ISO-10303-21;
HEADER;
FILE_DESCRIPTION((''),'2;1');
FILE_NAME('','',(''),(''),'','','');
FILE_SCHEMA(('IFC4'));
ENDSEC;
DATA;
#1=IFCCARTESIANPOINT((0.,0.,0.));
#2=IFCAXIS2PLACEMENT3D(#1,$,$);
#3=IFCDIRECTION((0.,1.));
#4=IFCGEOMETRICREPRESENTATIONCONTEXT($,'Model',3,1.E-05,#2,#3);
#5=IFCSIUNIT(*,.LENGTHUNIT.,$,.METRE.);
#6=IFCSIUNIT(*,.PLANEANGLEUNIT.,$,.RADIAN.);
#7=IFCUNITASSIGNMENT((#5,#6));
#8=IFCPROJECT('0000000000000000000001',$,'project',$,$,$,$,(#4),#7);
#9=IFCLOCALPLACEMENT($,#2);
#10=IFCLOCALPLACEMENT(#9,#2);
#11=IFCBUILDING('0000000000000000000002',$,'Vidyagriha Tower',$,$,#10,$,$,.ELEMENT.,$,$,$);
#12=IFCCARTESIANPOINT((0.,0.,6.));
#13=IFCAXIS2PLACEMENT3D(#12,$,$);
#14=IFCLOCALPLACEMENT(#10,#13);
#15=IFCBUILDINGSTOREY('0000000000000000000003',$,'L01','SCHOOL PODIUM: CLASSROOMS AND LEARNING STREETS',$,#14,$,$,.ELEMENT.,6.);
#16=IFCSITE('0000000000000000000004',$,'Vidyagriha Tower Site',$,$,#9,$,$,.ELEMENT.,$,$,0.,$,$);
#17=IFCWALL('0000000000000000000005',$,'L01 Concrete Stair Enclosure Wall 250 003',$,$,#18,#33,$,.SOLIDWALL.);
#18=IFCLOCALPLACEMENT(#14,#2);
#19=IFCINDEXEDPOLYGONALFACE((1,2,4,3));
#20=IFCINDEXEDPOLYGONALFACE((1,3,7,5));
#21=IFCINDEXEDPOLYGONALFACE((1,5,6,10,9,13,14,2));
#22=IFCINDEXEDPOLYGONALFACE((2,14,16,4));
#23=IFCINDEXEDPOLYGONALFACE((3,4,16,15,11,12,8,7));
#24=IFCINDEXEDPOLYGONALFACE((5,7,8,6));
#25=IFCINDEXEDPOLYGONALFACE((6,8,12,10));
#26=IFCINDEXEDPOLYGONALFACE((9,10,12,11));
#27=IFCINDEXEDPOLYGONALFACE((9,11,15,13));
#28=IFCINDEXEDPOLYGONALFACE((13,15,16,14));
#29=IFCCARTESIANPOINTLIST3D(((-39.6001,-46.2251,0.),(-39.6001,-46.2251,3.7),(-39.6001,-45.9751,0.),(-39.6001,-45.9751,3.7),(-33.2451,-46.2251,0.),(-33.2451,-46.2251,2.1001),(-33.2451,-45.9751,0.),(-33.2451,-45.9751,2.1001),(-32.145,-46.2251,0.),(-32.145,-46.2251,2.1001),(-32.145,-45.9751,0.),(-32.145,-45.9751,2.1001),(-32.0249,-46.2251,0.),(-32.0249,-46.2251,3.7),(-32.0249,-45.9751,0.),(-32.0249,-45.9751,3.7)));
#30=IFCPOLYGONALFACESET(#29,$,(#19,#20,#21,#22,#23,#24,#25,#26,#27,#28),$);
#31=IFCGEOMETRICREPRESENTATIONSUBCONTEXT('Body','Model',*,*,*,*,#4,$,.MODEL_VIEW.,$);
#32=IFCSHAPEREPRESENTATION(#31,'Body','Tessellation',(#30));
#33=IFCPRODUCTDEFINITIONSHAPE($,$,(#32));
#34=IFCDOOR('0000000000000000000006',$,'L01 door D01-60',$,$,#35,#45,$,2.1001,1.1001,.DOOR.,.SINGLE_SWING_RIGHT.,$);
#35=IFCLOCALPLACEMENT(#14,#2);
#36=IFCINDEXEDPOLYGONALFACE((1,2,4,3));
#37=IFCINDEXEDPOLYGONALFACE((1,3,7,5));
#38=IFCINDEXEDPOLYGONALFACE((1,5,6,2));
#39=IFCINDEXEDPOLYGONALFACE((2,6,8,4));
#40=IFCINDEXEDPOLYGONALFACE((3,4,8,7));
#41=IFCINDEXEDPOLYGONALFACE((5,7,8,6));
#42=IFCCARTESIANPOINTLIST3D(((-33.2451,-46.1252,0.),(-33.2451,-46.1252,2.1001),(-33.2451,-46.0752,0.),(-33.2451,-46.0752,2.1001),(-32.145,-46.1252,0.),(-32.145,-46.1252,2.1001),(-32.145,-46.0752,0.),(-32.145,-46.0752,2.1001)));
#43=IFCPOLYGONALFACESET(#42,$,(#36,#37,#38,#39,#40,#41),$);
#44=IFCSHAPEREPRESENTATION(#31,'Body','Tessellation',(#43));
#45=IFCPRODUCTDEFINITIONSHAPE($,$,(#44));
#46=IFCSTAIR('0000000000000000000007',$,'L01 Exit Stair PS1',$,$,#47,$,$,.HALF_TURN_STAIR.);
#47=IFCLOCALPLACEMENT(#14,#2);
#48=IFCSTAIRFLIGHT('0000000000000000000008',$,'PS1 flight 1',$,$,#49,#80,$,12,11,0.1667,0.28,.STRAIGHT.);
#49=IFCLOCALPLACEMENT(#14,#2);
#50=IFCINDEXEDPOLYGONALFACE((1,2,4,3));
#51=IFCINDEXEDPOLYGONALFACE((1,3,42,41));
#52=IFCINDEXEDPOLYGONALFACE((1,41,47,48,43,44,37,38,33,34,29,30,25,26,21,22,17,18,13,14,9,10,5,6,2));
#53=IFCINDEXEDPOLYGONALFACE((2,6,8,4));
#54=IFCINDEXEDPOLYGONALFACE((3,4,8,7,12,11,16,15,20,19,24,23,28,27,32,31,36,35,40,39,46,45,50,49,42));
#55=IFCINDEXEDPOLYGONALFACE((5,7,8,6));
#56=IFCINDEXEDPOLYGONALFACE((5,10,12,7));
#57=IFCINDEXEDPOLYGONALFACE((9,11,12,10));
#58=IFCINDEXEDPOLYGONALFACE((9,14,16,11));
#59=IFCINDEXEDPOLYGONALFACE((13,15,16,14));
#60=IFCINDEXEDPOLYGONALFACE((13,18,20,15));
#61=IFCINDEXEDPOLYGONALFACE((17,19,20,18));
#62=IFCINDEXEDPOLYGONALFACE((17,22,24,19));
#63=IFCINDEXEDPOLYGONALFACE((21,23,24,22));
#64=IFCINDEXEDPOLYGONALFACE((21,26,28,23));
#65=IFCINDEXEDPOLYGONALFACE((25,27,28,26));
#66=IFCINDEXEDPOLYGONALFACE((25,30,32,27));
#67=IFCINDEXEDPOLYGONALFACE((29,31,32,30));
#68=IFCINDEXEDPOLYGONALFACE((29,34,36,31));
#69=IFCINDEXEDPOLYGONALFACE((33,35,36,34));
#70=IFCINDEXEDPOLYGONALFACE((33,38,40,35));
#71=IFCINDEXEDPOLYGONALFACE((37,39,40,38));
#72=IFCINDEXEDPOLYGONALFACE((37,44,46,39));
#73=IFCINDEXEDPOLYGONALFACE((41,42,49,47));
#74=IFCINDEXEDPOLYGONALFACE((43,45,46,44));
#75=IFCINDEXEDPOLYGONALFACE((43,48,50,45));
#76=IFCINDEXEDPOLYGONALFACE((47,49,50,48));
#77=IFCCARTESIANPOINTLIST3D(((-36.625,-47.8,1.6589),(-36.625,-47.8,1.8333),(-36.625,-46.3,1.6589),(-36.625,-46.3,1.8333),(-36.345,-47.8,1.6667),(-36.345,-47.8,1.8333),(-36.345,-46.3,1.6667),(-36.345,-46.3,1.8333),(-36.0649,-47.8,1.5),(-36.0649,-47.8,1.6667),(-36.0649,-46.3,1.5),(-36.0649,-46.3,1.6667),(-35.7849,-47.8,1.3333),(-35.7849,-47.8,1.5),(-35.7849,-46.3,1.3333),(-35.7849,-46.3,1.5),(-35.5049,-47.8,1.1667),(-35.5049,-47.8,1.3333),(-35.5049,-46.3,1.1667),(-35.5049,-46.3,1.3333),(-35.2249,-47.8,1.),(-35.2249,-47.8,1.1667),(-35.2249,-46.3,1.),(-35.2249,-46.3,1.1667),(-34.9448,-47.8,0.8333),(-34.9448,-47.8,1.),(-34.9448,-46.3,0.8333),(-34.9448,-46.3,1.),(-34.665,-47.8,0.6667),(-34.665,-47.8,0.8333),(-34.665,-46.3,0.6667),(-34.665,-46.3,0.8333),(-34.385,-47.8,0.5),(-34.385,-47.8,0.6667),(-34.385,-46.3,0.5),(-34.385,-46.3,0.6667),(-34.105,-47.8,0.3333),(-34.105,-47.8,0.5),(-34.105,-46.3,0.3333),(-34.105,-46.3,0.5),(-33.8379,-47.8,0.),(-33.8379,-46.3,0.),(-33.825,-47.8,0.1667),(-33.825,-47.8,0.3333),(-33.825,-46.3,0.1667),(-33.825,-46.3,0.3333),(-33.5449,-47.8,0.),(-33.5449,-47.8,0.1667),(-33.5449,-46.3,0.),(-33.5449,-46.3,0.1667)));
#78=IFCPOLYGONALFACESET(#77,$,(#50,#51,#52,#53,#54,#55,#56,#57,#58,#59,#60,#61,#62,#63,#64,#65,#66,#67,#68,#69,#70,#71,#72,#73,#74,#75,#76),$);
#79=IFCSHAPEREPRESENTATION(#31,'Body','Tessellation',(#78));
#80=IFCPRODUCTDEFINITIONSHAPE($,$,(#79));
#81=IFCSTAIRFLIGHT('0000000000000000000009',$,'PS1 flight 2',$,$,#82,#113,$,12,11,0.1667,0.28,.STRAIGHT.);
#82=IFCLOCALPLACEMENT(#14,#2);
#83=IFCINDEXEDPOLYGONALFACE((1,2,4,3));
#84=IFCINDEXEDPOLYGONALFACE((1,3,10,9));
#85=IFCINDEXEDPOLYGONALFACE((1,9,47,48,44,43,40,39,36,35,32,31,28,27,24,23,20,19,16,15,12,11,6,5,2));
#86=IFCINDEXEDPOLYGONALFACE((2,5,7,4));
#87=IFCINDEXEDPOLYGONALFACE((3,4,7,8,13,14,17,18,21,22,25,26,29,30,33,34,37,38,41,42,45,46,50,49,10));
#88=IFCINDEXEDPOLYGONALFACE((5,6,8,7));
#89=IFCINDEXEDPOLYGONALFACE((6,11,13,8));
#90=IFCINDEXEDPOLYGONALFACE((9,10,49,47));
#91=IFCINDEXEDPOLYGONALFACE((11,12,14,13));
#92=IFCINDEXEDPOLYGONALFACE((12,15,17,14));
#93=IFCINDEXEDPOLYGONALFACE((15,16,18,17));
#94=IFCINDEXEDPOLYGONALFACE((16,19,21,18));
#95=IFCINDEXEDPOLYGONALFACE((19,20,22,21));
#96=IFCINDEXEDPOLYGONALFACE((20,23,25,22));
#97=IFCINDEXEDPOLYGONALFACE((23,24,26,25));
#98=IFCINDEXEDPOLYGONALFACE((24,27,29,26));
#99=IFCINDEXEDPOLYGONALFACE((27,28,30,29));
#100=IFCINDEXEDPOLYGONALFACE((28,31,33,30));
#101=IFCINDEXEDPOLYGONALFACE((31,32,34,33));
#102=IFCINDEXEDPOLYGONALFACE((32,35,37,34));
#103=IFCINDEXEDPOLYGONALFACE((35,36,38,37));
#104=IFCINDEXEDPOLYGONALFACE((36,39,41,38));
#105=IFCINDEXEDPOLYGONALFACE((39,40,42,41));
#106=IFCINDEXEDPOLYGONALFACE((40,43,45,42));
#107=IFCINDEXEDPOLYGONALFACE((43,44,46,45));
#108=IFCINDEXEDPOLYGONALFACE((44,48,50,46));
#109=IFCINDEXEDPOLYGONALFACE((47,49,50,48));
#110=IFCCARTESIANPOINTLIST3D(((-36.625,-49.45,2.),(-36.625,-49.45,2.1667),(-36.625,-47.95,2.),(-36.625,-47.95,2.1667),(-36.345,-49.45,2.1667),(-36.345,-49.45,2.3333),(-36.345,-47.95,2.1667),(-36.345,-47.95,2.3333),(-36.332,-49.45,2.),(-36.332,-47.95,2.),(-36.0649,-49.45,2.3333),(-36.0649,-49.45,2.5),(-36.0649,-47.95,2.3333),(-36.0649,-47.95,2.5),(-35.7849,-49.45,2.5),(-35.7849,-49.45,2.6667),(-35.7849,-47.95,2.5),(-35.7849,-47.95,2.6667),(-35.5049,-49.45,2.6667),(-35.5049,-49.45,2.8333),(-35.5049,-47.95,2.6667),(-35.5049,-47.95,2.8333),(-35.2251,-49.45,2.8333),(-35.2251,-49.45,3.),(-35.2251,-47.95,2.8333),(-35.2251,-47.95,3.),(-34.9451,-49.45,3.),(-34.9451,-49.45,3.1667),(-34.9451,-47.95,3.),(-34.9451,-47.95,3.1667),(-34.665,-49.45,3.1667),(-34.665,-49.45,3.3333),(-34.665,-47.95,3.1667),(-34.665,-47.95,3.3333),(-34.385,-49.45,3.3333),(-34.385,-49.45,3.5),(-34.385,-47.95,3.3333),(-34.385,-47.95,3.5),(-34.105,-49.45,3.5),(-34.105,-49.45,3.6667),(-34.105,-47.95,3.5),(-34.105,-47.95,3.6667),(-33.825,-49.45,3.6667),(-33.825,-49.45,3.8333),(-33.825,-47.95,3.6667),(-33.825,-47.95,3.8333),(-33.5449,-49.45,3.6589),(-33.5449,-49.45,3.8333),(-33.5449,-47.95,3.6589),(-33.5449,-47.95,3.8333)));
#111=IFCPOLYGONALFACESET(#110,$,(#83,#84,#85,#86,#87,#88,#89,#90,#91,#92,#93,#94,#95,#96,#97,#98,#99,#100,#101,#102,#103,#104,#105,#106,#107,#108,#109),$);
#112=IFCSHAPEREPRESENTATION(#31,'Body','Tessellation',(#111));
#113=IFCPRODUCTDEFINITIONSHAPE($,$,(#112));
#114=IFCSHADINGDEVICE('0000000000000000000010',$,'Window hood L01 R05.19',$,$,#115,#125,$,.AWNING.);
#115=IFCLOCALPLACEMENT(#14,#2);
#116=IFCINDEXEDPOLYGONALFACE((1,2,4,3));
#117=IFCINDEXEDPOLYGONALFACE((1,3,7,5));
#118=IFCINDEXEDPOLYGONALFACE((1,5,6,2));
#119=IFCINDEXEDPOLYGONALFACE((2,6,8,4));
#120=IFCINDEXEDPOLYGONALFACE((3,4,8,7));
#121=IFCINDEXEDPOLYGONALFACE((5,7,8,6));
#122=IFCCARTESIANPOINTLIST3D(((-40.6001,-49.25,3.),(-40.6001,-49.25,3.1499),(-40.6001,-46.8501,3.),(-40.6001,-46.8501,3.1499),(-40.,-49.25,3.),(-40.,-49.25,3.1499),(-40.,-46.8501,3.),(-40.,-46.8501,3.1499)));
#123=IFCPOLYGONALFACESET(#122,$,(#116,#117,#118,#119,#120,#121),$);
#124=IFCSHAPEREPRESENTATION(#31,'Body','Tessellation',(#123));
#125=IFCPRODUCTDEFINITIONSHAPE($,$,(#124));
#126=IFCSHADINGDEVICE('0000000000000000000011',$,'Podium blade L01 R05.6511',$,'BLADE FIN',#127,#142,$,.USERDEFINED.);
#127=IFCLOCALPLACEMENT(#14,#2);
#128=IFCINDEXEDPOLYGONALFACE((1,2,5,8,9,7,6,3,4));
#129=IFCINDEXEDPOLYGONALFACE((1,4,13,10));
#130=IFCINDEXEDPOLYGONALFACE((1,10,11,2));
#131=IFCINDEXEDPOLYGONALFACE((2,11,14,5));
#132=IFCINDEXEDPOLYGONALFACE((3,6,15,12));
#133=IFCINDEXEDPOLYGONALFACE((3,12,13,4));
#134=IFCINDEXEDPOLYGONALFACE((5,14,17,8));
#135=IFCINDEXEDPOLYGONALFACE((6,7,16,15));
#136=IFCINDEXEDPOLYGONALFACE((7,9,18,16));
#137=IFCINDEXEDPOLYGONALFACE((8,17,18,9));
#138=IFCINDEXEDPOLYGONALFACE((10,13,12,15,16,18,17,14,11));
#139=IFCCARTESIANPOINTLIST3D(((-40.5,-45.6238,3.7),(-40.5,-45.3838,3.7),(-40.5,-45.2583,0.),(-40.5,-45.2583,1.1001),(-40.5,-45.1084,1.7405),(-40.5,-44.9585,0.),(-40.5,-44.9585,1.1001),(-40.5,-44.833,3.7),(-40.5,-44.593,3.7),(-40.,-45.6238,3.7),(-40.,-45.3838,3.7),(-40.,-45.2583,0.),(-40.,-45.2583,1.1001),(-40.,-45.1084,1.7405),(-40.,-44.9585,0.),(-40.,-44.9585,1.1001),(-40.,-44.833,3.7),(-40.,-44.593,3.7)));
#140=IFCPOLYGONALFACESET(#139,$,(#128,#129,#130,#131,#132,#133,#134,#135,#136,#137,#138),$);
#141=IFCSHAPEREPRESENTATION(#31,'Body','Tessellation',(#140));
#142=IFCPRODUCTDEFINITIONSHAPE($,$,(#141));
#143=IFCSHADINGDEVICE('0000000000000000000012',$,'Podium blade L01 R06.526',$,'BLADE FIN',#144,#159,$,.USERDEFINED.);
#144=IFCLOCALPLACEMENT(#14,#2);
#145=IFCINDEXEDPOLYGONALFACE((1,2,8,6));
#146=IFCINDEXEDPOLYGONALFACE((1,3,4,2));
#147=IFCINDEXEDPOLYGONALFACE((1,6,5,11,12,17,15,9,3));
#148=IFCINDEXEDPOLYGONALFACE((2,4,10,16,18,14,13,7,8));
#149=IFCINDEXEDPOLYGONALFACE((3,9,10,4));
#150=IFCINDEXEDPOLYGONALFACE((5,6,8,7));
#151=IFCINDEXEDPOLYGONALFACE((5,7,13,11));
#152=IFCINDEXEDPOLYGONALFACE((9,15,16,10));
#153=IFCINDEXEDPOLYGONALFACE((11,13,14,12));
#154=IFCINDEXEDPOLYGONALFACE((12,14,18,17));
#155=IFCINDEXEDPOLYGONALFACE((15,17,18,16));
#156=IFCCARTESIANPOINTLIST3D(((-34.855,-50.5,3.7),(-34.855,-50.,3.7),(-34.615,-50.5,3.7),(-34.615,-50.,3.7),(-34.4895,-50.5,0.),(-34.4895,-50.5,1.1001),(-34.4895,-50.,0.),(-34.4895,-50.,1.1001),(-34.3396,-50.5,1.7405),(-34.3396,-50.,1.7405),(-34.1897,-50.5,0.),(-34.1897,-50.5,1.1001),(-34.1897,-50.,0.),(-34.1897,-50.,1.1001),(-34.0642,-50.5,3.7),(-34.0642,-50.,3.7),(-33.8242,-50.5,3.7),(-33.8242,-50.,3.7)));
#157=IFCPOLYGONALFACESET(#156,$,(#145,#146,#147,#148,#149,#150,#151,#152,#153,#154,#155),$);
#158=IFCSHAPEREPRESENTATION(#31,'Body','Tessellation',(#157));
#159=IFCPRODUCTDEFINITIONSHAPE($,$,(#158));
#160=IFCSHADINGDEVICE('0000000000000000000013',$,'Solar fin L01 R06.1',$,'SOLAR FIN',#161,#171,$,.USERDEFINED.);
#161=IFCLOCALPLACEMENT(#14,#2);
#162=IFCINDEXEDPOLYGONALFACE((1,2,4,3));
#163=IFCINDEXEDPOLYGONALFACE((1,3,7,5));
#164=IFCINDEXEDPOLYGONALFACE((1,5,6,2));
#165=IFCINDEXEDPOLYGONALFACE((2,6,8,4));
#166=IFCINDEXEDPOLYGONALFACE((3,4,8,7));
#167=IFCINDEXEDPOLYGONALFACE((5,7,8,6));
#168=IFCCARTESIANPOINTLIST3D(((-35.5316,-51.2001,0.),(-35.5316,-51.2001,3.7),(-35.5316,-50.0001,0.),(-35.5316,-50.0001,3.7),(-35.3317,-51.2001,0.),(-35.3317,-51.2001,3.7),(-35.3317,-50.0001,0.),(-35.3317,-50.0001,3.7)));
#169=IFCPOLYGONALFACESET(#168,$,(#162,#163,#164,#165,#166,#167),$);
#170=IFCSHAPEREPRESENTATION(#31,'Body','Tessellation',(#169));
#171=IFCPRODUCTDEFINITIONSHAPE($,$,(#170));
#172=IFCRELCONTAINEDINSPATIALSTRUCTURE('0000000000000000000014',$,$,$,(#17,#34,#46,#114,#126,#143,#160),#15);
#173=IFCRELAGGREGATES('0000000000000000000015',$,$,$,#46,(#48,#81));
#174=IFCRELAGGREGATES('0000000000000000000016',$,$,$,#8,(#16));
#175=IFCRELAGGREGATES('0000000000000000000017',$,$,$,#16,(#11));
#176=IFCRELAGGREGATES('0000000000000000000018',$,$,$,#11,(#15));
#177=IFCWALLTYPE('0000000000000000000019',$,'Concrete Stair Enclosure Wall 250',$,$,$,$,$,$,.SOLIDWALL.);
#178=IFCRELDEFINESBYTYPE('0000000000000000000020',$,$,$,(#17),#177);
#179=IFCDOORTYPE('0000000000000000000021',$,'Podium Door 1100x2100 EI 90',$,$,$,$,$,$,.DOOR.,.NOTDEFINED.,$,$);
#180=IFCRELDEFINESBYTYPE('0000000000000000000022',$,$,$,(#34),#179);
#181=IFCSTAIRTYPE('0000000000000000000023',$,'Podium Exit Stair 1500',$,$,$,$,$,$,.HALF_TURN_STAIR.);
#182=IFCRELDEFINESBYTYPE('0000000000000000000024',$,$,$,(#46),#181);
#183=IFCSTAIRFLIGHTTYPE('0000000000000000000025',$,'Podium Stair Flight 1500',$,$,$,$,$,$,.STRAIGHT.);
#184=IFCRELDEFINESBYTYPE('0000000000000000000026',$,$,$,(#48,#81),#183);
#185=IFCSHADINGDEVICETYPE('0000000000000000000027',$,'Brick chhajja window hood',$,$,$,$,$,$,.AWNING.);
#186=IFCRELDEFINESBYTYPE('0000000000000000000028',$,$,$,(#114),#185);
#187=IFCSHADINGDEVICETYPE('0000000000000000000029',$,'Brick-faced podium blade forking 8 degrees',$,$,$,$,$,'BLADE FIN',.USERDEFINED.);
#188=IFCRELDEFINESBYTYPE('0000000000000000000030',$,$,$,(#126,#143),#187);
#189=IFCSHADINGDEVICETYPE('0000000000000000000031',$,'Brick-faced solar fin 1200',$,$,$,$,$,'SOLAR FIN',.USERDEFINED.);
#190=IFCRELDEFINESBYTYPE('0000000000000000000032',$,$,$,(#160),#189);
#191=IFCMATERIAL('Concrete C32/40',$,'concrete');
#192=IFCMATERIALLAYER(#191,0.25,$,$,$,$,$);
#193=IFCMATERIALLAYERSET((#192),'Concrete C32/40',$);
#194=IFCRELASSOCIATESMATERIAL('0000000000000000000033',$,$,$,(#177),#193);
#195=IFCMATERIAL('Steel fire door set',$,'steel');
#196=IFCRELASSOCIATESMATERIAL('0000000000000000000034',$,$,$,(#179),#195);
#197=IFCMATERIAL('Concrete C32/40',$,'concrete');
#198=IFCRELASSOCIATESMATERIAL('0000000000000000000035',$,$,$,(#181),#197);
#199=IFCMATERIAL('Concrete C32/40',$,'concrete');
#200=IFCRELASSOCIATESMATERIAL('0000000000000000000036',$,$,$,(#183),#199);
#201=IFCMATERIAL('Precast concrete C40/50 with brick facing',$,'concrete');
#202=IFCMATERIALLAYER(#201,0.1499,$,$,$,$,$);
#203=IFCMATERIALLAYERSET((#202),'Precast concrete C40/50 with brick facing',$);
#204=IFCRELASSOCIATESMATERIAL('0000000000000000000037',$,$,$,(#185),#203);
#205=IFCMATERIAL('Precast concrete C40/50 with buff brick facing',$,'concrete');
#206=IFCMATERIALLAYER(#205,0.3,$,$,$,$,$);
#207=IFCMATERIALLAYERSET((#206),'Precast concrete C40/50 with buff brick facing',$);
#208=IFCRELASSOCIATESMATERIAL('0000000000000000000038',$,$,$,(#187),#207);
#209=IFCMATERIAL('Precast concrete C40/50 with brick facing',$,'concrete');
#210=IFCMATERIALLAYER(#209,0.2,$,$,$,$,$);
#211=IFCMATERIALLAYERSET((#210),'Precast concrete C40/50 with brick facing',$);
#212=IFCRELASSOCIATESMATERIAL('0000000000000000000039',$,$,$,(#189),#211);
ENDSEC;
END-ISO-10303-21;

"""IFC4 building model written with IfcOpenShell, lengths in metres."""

from ifc_helpers import new_model, si_unit, direction, frame, frame_2d, origin, origin_2d, place, context, subcontext, project, spatial, polyline, rectangle, outline, extrude, material, layer, layer_set, type_object, element, fill, aggregate, save


model = new_model("IFC4")

# Units and contexts
model_context = context("Model", 3, precision=1e-05, world=origin(), true_north=direction((0.0, 1.0)))
body_context = subcontext(model_context, "Body", "Model", "MODEL_VIEW")
ifc_project = project(units=[si_unit("LENGTHUNIT", "METRE"), si_unit("PLANEANGLEUNIT", "RADIAN")], contexts=[model_context])

# Site, building, storey
site_placement = place(None, origin())
site = spatial("IfcSite", under=ifc_project, at=site_placement, Name="Vidyagriha Tower Site", CompositionType="ELEMENT", RefElevation=0.0)
building_placement = place(site_placement, origin())
building = spatial("IfcBuilding", under=site, at=building_placement, Name="Vidyagriha Tower", CompositionType="ELEMENT")
storey_placement = place(building_placement, frame((0.0, 0.0, 6.0)))
storey = spatial("IfcBuildingStorey", under=building, at=storey_placement, Name="L01", Description="SCHOOL PODIUM: CLASSROOMS AND LEARNING STREETS", CompositionType="ELEMENT", Elevation=6.0)

# Wall, opening, door
ifc_material_1 = material(Name="Concrete C32/40", Category="concrete")
ifc_layer_1 = layer(ifc_material_1, 0.25)
ifc_layer_set_1 = layer_set([ifc_layer_1], Name="Concrete C32/40")
wall_type_1 = type_object("IfcWallType", Name="Concrete Stair Enclosure Wall 250", PredefinedType="SOLIDWALL", material=ifc_layer_set_1)
wall_1_placement = place(storey_placement, frame((-39.6001, -46.1001, 0.0)))
wall_1 = element("IfcWall", 1, at=wall_1_placement, inside=storey, type_object=wall_type_1, Name="L01 Concrete Stair Enclosure Wall 250 003", PredefinedType="SOLIDWALL", context=body_context, shape_type="SweptSolid", body=[
    extrude(rectangle(XDim=7.5752, YDim=0.25, at=frame_2d((3.7876, 0.0))), origin(), (0.0, 0.0, 1.0), 3.7),
])
opening_1_placement = place(wall_1_placement, frame((6.355, 0.0, 0.0)))
opening_1 = element("IfcOpeningElement", 2, at=opening_1_placement, cuts=wall_1, PredefinedType="OPENING", context=body_context, shape_type="SweptSolid", body=[
    extrude(rectangle(XDim=1.1001, YDim=2.1001, at=frame_2d((0.55, 1.05))), frame((0.0, 0.135, 0.0), z_axis=(0.0, -1.0, 0.0), x_axis=(1.0, 0.0, 0.0)), (0.0, 0.0, 1.0), 0.27),
])
ifc_material_2 = material(Name="Steel fire door set", Category="steel")
door_type = type_object("IfcDoorType", Name="Podium Door 1100x2100 EI 90", OperationType="NOTDEFINED", PredefinedType="DOOR", material=ifc_material_2)
door_placement = place(opening_1_placement, origin())
door = element("IfcDoor", 3, at=door_placement, inside=storey, type_object=door_type, Name="L01 door D01-60", OperationType="SINGLE_SWING_RIGHT", OverallHeight=2.1001, OverallWidth=1.1001, PredefinedType="DOOR", context=body_context, shape_type="SweptSolid", body=[
    extrude(rectangle(XDim=1.1001, YDim=2.1001, at=frame_2d((0.55, 1.05))), frame((0.0, 0.0249, 0.0), z_axis=(0.0, -1.0, 0.0), x_axis=(1.0, 0.0, 0.0)), (0.0, 0.0, 1.0), 0.05),
])
fill(opening_1, door)

# Stair, stair flights
ifc_material_3 = material(Name="Concrete C32/40", Category="concrete")
stair_type = type_object("IfcStairType", Name="Podium Exit Stair 1500", PredefinedType="HALF_TURN_STAIR", material=ifc_material_3)
stair_placement = place(storey_placement, origin())
stair = element("IfcStair", 4, at=stair_placement, inside=storey, type_object=stair_type, Name="L01 Exit Stair PS1", PredefinedType="HALF_TURN_STAIR")
ifc_material_4 = material(Name="Concrete C32/40", Category="concrete")
stair_flight_type = type_object("IfcStairFlightType", Name="Podium Stair Flight 1500", PredefinedType="STRAIGHT", material=ifc_material_4)
stair_flight_1_placement = place(storey_placement, frame((-33.5449, -47.05, 0.0), z_axis=(0.0, 0.0, 1.0), x_axis=(-1.0, 0.0, 0.0)))
stair_flight_1 = element("IfcStairFlight", 5, at=stair_flight_1_placement, type_object=stair_flight_type, Name="PS1 flight 1", NumberOfRisers=12, NumberOfTreads=11, PredefinedType="STRAIGHT", RiserHeight=0.1667, TreadLength=0.28, context=body_context, shape_type="SweptSolid", body=[
    extrude(outline(polyline([(0.0, 0.0), (0.0, 0.1667), (0.28, 0.1667), (0.28, 0.3333), (0.5601, 0.3333), (0.5601, 0.5), (0.8401, 0.5), (0.8401, 0.6667), (1.1201, 0.6667), (1.1201, 0.8333), (1.3999, 0.8333), (1.3999, 1.0), (1.6799, 1.0), (1.6799, 1.1667), (1.96, 1.1667), (1.96, 1.3333), (2.24, 1.3333), (2.24, 1.5), (2.52, 1.5), (2.52, 1.6667), (2.8, 1.6667), (2.8, 1.8333), (3.0801, 1.8333), (3.0801, 2.0), (3.0801, 1.6589), (0.293, 0.0), (0.0, 0.0)])), frame((0.0, 0.75, 0.0), z_axis=(0.0, -1.0, 0.0), x_axis=(1.0, 0.0, 0.0)), (0.0, 0.0, 1.0), 1.5),
])
stair_flight_2_placement = place(storey_placement, frame((-36.625, -48.7, 2.0)))
stair_flight_2 = element("IfcStairFlight", 6, at=stair_flight_2_placement, type_object=stair_flight_type, Name="PS1 flight 2", NumberOfRisers=12, NumberOfTreads=11, PredefinedType="STRAIGHT", RiserHeight=0.1667, TreadLength=0.28, context=body_context, shape_type="SweptSolid", body=[
    extrude(outline(polyline([(0.0, 0.0), (0.0, 0.1667), (0.28, 0.1667), (0.28, 0.3333), (0.5601, 0.3333), (0.5601, 0.5), (0.8401, 0.5), (0.8401, 0.6667), (1.1201, 0.6667), (1.1201, 0.8333), (1.3999, 0.8333), (1.3999, 1.0), (1.6799, 1.0), (1.6799, 1.1667), (1.96, 1.1667), (1.96, 1.3333), (2.24, 1.3333), (2.24, 1.5), (2.52, 1.5), (2.52, 1.6667), (2.8, 1.6667), (2.8, 1.8333), (3.0801, 1.8333), (3.0801, 2.0), (3.0801, 1.6589), (0.293, 0.0), (0.0, 0.0)])), frame((0.0, 0.75, 0.0), z_axis=(0.0, -1.0, 0.0), x_axis=(1.0, 0.0, 0.0)), (0.0, 0.0, 1.0), 1.5),
])
aggregate(stair, [stair_flight_1, stair_flight_2])

# Shading devices
ifc_material_5 = material(Name="Precast concrete C40/50 with brick facing", Category="concrete")
ifc_layer_2 = layer(ifc_material_5, 0.1499)
ifc_layer_set_2 = layer_set([ifc_layer_2], Name="Precast concrete C40/50 with brick facing")
shading_device_type_1 = type_object("IfcShadingDeviceType", Name="Brick chhajja window hood", PredefinedType="AWNING", material=ifc_layer_set_2)
shading_device_1_placement = place(storey_placement, frame((-40.3, -48.05, 3.0), z_axis=(0.0, 0.0, 1.0), x_axis=(0.0, -1.0, 0.0)))
element("IfcShadingDevice", 7, at=shading_device_1_placement, inside=storey, type_object=shading_device_type_1, Name="Window hood L01 R05.19", PredefinedType="AWNING", context=body_context, shape_type="SweptSolid", body=[
    extrude(rectangle(XDim=2.3999, YDim=0.6001, at=origin_2d()), origin(), (0.0, 0.0, 1.0), 0.1499),
])
ifc_material_6 = material(Name="Precast concrete C40/50 with buff brick facing", Category="concrete")
ifc_layer_3 = layer(ifc_material_6, 0.3)
ifc_layer_set_3 = layer_set([ifc_layer_3], Name="Precast concrete C40/50 with buff brick facing")
shading_device_type_2 = type_object("IfcShadingDeviceType", Name="Brick-faced podium blade forking 8 degrees", ElementType="BLADE FIN", PredefinedType="USERDEFINED", material=ifc_layer_set_3)
shading_device_2_placement = place(storey_placement, frame((-40.25, -44.593, 0.0), z_axis=(0.0, 0.0, 1.0), x_axis=(0.0, -1.0, 0.0)))
element("IfcShadingDevice", 8, at=shading_device_2_placement, inside=storey, type_object=shading_device_type_2, Name="Podium blade L01 R05.6511", ObjectType="BLADE FIN", PredefinedType="USERDEFINED", context=body_context, shape_type="SweptSolid", body=[
    extrude(outline(polyline([(0.6653, 0.0), (0.6653, 1.1001), (1.0308, 3.7), (0.7908, 3.7), (0.5154, 1.7405), (0.24, 3.7), (0.0, 3.7), (0.3655, 1.1001), (0.3655, 0.0), (0.6653, 0.0)])), frame((0.0, 0.25, 0.0), z_axis=(0.0, -1.0, 0.0), x_axis=(1.0, 0.0, 0.0)), (0.0, 0.0, 1.0), 0.5),
])
shading_device_3_placement = place(storey_placement, frame((-34.855, -50.25, 0.0)))
element("IfcShadingDevice", 9, at=shading_device_3_placement, inside=storey, type_object=shading_device_type_2, Name="Podium blade L01 R06.526", ObjectType="BLADE FIN", PredefinedType="USERDEFINED", context=body_context, shape_type="SweptSolid", body=[
    extrude(outline(polyline([(0.6653, 0.0), (0.6653, 1.1001), (1.0308, 3.7), (0.7908, 3.7), (0.5154, 1.7405), (0.24, 3.7), (0.0, 3.7), (0.3655, 1.1001), (0.3655, 0.0), (0.6653, 0.0)])), frame((0.0, 0.25, 0.0), z_axis=(0.0, -1.0, 0.0), x_axis=(1.0, 0.0, 0.0)), (0.0, 0.0, 1.0), 0.5),
])
ifc_material_7 = material(Name="Precast concrete C40/50 with brick facing", Category="concrete")
ifc_layer_4 = layer(ifc_material_7, 0.2)
ifc_layer_set_4 = layer_set([ifc_layer_4], Name="Precast concrete C40/50 with brick facing")
shading_device_type_3 = type_object("IfcShadingDeviceType", Name="Brick-faced solar fin 1200", ElementType="SOLAR FIN", PredefinedType="USERDEFINED", material=ifc_layer_set_4)
shading_device_4_placement = place(storey_placement, frame((-35.4316, -50.0, 0.0), z_axis=(0.0, 0.0, 1.0), x_axis=(0.0, -1.0, 0.0)))
element("IfcShadingDevice", 10, at=shading_device_4_placement, inside=storey, type_object=shading_device_type_3, Name="Solar fin L01 R06.1", ObjectType="SOLAR FIN", PredefinedType="USERDEFINED", context=body_context, shape_type="SweptSolid", body=[
    extrude(rectangle(XDim=1.2, YDim=0.2, at=frame_2d((0.6001, 0.0))), origin(), (0.0, 0.0, 1.0), 3.7),
])

save(model, "model.ifc")
